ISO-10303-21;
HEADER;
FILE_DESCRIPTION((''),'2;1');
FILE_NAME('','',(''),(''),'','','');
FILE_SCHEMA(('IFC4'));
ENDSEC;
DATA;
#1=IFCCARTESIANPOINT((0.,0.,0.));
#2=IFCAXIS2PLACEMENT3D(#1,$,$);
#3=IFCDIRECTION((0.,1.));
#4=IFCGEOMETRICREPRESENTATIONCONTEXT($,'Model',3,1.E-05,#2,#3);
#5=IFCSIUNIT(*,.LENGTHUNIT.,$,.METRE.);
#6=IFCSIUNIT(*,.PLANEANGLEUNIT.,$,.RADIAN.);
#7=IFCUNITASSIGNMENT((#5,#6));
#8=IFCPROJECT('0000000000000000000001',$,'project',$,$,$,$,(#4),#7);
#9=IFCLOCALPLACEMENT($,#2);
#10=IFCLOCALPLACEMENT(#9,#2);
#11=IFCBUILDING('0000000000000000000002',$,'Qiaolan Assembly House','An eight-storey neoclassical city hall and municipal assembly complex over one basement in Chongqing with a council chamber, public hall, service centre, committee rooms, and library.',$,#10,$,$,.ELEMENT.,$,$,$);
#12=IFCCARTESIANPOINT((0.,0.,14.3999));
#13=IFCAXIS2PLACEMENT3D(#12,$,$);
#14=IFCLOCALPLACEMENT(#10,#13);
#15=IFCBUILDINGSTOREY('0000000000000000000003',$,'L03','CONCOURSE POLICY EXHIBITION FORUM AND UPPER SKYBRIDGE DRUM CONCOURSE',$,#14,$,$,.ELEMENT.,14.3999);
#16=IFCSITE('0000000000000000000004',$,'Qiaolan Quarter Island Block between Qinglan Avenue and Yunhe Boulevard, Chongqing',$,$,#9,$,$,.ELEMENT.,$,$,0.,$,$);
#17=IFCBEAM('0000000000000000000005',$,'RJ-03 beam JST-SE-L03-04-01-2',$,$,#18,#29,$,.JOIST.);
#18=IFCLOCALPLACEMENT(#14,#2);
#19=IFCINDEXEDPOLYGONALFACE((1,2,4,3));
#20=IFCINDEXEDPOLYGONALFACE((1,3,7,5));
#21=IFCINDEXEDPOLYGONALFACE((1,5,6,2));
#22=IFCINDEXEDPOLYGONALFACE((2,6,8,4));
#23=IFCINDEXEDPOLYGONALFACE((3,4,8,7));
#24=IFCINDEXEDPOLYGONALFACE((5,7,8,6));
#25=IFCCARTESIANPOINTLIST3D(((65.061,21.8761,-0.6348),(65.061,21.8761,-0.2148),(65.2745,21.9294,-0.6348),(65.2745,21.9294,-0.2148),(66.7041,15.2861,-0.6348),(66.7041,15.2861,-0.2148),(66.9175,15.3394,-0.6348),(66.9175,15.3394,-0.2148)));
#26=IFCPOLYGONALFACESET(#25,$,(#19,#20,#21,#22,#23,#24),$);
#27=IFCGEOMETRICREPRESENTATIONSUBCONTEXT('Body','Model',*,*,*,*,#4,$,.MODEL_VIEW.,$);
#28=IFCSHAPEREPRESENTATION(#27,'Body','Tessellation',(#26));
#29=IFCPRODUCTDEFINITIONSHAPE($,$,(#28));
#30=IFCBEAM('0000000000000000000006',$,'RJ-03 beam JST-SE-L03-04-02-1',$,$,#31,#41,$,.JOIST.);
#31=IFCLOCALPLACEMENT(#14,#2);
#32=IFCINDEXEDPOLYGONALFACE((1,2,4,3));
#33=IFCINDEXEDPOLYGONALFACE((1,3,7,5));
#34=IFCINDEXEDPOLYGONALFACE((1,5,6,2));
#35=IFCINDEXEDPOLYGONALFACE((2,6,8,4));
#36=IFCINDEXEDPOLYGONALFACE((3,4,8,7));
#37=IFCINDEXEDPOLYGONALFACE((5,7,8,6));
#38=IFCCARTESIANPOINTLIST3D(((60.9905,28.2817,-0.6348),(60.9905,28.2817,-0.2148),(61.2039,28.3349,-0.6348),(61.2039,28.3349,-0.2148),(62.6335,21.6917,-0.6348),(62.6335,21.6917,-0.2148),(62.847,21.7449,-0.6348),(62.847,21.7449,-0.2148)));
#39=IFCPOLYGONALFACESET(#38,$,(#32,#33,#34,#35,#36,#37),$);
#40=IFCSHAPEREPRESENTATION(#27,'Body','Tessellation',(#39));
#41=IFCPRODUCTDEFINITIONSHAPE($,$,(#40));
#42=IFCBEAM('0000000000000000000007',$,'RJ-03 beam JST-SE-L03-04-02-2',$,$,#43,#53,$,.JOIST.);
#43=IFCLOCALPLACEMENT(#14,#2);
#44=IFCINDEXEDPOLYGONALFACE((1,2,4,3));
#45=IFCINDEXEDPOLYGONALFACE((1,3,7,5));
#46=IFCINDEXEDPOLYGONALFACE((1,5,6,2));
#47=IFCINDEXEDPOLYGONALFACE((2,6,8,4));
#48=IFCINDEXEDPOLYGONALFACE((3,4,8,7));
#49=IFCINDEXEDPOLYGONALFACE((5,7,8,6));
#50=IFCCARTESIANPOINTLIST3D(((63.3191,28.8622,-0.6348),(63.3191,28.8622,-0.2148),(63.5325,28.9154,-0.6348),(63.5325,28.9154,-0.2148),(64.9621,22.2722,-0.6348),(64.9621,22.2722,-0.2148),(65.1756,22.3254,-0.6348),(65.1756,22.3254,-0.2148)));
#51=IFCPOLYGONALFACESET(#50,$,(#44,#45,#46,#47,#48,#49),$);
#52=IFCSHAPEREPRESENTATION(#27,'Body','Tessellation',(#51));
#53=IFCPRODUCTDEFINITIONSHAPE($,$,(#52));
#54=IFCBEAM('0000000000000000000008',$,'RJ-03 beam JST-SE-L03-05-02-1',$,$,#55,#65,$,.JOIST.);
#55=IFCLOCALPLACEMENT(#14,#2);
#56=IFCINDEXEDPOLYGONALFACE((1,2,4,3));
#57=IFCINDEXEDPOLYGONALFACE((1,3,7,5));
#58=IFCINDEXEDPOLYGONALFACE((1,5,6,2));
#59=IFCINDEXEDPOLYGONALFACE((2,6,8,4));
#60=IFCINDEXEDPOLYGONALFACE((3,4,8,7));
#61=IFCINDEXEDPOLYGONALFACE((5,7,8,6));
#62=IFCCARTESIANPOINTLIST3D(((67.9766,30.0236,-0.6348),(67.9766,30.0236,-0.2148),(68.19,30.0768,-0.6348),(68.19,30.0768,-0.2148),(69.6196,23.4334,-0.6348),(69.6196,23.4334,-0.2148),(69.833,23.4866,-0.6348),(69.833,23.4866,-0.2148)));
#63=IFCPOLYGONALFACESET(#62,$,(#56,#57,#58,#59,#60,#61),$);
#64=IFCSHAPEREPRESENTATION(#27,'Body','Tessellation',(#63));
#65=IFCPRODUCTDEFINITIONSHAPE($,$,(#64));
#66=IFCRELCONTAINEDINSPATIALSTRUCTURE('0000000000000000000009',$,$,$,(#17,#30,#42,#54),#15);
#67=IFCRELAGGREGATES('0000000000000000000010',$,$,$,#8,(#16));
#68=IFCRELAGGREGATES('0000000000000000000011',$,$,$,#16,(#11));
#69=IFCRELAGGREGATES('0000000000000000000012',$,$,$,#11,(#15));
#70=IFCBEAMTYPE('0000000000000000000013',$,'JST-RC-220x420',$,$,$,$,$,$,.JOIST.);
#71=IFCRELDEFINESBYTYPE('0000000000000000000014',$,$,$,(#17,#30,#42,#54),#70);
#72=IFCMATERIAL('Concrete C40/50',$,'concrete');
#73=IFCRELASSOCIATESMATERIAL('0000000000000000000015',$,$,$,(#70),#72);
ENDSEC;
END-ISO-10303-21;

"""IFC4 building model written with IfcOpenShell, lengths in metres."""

from ifc_helpers import new_model, si_unit, direction, frame, origin, origin_2d, place, context, subcontext, project, spatial, rectangle, extrude, material, material_profile, profile_set, type_object, element, save


model = new_model("IFC4")

# Units and contexts
model_context = context("Model", 3, precision=1e-05, world=origin(), true_north=direction((0.0, 1.0)))
body_context = subcontext(model_context, "Body", "Model", "MODEL_VIEW")
ifc_project = project(units=[si_unit("LENGTHUNIT", "METRE"), si_unit("PLANEANGLEUNIT", "RADIAN")], contexts=[model_context])

# Site, building, storey
site_placement = place(None, origin())
site = spatial("IfcSite", under=ifc_project, at=site_placement, Name="Qiaolan Quarter Island Block between Qinglan Avenue and Yunhe Boulevard, Chongqing", CompositionType="ELEMENT", RefElevation=0.0)
building_placement = place(site_placement, origin())
building = spatial("IfcBuilding", under=site, at=building_placement, Name="Qiaolan Assembly House", Description="An eight-storey neoclassical city hall and municipal assembly complex over one basement in Chongqing with a council chamber, public hall, service centre, committee rooms, and library.", CompositionType="ELEMENT")
storey_placement = place(building_placement, frame((0.0, 0.0, 14.3999)))
storey = spatial("IfcBuildingStorey", under=building, at=storey_placement, Name="L03", Description="CONCOURSE POLICY EXHIBITION FORUM AND UPPER SKYBRIDGE DRUM CONCOURSE", CompositionType="ELEMENT", Elevation=14.3999)

# Shared definitions
ifc_material = material(Name="Concrete C40/50", Category="concrete")

# Beams
ifc_material_profile_1 = material_profile(ifc_material, rectangle(XDim=0.22, YDim=0.4199, at=origin_2d()), Name="RCB 220x420")
ifc_profile_set_1 = profile_set([ifc_material_profile_1], Name="Concrete C40/50")
beam_type_1 = type_object("IfcBeamType", Name="JST-RC-220x420", PredefinedType="JOIST", material=ifc_profile_set_1)
for number, where, z_axis, x_axis, name in (
    (1, (66.8108, 15.3127, -0.4248), (-0.241918, 0.970297, 0.0), (-0.970297, -0.241918, 0.0), "RJ-03 beam JST-SE-L03-04-01-2"),
    (2, (62.7402, 21.7183, -0.4248), (-0.241918, 0.970297, 0.0), (-0.970297, -0.241918, 0.0), "RJ-03 beam JST-SE-L03-04-02-1"),
    (3, (65.0688, 22.2988, -0.4248), (-0.241918, 0.970297, 0.0), (-0.970297, -0.241918, 0.0), "RJ-03 beam JST-SE-L03-04-02-2"),
):
    element("IfcBeam", number, at=place(storey_placement, frame(where, z_axis=z_axis, x_axis=x_axis)), inside=storey, type_object=beam_type_1, Name=name, PredefinedType="JOIST", context=body_context, shape_type="SweptSolid", body=[
        extrude(rectangle(XDim=0.22, YDim=0.4199, at=origin_2d()), origin(), (0.0, 0.0, 1.0), 6.7917),
    ])
beam_1_placement = place(storey_placement, frame((69.7263, 23.46, -0.4248), z_axis=(-0.24191, 0.970299, 0.0), x_axis=(-0.970299, -0.24191, 0.0)))
element("IfcBeam", 4, at=beam_1_placement, inside=storey, type_object=beam_type_1, Name="RJ-03 beam JST-SE-L03-05-02-1", PredefinedType="JOIST", context=body_context, shape_type="SweptSolid", body=[
    extrude(rectangle(XDim=0.22, YDim=0.4199, at=origin_2d()), origin(), (0.0, 0.0, 1.0), 6.792),
])

save(model, "model.ifc")
